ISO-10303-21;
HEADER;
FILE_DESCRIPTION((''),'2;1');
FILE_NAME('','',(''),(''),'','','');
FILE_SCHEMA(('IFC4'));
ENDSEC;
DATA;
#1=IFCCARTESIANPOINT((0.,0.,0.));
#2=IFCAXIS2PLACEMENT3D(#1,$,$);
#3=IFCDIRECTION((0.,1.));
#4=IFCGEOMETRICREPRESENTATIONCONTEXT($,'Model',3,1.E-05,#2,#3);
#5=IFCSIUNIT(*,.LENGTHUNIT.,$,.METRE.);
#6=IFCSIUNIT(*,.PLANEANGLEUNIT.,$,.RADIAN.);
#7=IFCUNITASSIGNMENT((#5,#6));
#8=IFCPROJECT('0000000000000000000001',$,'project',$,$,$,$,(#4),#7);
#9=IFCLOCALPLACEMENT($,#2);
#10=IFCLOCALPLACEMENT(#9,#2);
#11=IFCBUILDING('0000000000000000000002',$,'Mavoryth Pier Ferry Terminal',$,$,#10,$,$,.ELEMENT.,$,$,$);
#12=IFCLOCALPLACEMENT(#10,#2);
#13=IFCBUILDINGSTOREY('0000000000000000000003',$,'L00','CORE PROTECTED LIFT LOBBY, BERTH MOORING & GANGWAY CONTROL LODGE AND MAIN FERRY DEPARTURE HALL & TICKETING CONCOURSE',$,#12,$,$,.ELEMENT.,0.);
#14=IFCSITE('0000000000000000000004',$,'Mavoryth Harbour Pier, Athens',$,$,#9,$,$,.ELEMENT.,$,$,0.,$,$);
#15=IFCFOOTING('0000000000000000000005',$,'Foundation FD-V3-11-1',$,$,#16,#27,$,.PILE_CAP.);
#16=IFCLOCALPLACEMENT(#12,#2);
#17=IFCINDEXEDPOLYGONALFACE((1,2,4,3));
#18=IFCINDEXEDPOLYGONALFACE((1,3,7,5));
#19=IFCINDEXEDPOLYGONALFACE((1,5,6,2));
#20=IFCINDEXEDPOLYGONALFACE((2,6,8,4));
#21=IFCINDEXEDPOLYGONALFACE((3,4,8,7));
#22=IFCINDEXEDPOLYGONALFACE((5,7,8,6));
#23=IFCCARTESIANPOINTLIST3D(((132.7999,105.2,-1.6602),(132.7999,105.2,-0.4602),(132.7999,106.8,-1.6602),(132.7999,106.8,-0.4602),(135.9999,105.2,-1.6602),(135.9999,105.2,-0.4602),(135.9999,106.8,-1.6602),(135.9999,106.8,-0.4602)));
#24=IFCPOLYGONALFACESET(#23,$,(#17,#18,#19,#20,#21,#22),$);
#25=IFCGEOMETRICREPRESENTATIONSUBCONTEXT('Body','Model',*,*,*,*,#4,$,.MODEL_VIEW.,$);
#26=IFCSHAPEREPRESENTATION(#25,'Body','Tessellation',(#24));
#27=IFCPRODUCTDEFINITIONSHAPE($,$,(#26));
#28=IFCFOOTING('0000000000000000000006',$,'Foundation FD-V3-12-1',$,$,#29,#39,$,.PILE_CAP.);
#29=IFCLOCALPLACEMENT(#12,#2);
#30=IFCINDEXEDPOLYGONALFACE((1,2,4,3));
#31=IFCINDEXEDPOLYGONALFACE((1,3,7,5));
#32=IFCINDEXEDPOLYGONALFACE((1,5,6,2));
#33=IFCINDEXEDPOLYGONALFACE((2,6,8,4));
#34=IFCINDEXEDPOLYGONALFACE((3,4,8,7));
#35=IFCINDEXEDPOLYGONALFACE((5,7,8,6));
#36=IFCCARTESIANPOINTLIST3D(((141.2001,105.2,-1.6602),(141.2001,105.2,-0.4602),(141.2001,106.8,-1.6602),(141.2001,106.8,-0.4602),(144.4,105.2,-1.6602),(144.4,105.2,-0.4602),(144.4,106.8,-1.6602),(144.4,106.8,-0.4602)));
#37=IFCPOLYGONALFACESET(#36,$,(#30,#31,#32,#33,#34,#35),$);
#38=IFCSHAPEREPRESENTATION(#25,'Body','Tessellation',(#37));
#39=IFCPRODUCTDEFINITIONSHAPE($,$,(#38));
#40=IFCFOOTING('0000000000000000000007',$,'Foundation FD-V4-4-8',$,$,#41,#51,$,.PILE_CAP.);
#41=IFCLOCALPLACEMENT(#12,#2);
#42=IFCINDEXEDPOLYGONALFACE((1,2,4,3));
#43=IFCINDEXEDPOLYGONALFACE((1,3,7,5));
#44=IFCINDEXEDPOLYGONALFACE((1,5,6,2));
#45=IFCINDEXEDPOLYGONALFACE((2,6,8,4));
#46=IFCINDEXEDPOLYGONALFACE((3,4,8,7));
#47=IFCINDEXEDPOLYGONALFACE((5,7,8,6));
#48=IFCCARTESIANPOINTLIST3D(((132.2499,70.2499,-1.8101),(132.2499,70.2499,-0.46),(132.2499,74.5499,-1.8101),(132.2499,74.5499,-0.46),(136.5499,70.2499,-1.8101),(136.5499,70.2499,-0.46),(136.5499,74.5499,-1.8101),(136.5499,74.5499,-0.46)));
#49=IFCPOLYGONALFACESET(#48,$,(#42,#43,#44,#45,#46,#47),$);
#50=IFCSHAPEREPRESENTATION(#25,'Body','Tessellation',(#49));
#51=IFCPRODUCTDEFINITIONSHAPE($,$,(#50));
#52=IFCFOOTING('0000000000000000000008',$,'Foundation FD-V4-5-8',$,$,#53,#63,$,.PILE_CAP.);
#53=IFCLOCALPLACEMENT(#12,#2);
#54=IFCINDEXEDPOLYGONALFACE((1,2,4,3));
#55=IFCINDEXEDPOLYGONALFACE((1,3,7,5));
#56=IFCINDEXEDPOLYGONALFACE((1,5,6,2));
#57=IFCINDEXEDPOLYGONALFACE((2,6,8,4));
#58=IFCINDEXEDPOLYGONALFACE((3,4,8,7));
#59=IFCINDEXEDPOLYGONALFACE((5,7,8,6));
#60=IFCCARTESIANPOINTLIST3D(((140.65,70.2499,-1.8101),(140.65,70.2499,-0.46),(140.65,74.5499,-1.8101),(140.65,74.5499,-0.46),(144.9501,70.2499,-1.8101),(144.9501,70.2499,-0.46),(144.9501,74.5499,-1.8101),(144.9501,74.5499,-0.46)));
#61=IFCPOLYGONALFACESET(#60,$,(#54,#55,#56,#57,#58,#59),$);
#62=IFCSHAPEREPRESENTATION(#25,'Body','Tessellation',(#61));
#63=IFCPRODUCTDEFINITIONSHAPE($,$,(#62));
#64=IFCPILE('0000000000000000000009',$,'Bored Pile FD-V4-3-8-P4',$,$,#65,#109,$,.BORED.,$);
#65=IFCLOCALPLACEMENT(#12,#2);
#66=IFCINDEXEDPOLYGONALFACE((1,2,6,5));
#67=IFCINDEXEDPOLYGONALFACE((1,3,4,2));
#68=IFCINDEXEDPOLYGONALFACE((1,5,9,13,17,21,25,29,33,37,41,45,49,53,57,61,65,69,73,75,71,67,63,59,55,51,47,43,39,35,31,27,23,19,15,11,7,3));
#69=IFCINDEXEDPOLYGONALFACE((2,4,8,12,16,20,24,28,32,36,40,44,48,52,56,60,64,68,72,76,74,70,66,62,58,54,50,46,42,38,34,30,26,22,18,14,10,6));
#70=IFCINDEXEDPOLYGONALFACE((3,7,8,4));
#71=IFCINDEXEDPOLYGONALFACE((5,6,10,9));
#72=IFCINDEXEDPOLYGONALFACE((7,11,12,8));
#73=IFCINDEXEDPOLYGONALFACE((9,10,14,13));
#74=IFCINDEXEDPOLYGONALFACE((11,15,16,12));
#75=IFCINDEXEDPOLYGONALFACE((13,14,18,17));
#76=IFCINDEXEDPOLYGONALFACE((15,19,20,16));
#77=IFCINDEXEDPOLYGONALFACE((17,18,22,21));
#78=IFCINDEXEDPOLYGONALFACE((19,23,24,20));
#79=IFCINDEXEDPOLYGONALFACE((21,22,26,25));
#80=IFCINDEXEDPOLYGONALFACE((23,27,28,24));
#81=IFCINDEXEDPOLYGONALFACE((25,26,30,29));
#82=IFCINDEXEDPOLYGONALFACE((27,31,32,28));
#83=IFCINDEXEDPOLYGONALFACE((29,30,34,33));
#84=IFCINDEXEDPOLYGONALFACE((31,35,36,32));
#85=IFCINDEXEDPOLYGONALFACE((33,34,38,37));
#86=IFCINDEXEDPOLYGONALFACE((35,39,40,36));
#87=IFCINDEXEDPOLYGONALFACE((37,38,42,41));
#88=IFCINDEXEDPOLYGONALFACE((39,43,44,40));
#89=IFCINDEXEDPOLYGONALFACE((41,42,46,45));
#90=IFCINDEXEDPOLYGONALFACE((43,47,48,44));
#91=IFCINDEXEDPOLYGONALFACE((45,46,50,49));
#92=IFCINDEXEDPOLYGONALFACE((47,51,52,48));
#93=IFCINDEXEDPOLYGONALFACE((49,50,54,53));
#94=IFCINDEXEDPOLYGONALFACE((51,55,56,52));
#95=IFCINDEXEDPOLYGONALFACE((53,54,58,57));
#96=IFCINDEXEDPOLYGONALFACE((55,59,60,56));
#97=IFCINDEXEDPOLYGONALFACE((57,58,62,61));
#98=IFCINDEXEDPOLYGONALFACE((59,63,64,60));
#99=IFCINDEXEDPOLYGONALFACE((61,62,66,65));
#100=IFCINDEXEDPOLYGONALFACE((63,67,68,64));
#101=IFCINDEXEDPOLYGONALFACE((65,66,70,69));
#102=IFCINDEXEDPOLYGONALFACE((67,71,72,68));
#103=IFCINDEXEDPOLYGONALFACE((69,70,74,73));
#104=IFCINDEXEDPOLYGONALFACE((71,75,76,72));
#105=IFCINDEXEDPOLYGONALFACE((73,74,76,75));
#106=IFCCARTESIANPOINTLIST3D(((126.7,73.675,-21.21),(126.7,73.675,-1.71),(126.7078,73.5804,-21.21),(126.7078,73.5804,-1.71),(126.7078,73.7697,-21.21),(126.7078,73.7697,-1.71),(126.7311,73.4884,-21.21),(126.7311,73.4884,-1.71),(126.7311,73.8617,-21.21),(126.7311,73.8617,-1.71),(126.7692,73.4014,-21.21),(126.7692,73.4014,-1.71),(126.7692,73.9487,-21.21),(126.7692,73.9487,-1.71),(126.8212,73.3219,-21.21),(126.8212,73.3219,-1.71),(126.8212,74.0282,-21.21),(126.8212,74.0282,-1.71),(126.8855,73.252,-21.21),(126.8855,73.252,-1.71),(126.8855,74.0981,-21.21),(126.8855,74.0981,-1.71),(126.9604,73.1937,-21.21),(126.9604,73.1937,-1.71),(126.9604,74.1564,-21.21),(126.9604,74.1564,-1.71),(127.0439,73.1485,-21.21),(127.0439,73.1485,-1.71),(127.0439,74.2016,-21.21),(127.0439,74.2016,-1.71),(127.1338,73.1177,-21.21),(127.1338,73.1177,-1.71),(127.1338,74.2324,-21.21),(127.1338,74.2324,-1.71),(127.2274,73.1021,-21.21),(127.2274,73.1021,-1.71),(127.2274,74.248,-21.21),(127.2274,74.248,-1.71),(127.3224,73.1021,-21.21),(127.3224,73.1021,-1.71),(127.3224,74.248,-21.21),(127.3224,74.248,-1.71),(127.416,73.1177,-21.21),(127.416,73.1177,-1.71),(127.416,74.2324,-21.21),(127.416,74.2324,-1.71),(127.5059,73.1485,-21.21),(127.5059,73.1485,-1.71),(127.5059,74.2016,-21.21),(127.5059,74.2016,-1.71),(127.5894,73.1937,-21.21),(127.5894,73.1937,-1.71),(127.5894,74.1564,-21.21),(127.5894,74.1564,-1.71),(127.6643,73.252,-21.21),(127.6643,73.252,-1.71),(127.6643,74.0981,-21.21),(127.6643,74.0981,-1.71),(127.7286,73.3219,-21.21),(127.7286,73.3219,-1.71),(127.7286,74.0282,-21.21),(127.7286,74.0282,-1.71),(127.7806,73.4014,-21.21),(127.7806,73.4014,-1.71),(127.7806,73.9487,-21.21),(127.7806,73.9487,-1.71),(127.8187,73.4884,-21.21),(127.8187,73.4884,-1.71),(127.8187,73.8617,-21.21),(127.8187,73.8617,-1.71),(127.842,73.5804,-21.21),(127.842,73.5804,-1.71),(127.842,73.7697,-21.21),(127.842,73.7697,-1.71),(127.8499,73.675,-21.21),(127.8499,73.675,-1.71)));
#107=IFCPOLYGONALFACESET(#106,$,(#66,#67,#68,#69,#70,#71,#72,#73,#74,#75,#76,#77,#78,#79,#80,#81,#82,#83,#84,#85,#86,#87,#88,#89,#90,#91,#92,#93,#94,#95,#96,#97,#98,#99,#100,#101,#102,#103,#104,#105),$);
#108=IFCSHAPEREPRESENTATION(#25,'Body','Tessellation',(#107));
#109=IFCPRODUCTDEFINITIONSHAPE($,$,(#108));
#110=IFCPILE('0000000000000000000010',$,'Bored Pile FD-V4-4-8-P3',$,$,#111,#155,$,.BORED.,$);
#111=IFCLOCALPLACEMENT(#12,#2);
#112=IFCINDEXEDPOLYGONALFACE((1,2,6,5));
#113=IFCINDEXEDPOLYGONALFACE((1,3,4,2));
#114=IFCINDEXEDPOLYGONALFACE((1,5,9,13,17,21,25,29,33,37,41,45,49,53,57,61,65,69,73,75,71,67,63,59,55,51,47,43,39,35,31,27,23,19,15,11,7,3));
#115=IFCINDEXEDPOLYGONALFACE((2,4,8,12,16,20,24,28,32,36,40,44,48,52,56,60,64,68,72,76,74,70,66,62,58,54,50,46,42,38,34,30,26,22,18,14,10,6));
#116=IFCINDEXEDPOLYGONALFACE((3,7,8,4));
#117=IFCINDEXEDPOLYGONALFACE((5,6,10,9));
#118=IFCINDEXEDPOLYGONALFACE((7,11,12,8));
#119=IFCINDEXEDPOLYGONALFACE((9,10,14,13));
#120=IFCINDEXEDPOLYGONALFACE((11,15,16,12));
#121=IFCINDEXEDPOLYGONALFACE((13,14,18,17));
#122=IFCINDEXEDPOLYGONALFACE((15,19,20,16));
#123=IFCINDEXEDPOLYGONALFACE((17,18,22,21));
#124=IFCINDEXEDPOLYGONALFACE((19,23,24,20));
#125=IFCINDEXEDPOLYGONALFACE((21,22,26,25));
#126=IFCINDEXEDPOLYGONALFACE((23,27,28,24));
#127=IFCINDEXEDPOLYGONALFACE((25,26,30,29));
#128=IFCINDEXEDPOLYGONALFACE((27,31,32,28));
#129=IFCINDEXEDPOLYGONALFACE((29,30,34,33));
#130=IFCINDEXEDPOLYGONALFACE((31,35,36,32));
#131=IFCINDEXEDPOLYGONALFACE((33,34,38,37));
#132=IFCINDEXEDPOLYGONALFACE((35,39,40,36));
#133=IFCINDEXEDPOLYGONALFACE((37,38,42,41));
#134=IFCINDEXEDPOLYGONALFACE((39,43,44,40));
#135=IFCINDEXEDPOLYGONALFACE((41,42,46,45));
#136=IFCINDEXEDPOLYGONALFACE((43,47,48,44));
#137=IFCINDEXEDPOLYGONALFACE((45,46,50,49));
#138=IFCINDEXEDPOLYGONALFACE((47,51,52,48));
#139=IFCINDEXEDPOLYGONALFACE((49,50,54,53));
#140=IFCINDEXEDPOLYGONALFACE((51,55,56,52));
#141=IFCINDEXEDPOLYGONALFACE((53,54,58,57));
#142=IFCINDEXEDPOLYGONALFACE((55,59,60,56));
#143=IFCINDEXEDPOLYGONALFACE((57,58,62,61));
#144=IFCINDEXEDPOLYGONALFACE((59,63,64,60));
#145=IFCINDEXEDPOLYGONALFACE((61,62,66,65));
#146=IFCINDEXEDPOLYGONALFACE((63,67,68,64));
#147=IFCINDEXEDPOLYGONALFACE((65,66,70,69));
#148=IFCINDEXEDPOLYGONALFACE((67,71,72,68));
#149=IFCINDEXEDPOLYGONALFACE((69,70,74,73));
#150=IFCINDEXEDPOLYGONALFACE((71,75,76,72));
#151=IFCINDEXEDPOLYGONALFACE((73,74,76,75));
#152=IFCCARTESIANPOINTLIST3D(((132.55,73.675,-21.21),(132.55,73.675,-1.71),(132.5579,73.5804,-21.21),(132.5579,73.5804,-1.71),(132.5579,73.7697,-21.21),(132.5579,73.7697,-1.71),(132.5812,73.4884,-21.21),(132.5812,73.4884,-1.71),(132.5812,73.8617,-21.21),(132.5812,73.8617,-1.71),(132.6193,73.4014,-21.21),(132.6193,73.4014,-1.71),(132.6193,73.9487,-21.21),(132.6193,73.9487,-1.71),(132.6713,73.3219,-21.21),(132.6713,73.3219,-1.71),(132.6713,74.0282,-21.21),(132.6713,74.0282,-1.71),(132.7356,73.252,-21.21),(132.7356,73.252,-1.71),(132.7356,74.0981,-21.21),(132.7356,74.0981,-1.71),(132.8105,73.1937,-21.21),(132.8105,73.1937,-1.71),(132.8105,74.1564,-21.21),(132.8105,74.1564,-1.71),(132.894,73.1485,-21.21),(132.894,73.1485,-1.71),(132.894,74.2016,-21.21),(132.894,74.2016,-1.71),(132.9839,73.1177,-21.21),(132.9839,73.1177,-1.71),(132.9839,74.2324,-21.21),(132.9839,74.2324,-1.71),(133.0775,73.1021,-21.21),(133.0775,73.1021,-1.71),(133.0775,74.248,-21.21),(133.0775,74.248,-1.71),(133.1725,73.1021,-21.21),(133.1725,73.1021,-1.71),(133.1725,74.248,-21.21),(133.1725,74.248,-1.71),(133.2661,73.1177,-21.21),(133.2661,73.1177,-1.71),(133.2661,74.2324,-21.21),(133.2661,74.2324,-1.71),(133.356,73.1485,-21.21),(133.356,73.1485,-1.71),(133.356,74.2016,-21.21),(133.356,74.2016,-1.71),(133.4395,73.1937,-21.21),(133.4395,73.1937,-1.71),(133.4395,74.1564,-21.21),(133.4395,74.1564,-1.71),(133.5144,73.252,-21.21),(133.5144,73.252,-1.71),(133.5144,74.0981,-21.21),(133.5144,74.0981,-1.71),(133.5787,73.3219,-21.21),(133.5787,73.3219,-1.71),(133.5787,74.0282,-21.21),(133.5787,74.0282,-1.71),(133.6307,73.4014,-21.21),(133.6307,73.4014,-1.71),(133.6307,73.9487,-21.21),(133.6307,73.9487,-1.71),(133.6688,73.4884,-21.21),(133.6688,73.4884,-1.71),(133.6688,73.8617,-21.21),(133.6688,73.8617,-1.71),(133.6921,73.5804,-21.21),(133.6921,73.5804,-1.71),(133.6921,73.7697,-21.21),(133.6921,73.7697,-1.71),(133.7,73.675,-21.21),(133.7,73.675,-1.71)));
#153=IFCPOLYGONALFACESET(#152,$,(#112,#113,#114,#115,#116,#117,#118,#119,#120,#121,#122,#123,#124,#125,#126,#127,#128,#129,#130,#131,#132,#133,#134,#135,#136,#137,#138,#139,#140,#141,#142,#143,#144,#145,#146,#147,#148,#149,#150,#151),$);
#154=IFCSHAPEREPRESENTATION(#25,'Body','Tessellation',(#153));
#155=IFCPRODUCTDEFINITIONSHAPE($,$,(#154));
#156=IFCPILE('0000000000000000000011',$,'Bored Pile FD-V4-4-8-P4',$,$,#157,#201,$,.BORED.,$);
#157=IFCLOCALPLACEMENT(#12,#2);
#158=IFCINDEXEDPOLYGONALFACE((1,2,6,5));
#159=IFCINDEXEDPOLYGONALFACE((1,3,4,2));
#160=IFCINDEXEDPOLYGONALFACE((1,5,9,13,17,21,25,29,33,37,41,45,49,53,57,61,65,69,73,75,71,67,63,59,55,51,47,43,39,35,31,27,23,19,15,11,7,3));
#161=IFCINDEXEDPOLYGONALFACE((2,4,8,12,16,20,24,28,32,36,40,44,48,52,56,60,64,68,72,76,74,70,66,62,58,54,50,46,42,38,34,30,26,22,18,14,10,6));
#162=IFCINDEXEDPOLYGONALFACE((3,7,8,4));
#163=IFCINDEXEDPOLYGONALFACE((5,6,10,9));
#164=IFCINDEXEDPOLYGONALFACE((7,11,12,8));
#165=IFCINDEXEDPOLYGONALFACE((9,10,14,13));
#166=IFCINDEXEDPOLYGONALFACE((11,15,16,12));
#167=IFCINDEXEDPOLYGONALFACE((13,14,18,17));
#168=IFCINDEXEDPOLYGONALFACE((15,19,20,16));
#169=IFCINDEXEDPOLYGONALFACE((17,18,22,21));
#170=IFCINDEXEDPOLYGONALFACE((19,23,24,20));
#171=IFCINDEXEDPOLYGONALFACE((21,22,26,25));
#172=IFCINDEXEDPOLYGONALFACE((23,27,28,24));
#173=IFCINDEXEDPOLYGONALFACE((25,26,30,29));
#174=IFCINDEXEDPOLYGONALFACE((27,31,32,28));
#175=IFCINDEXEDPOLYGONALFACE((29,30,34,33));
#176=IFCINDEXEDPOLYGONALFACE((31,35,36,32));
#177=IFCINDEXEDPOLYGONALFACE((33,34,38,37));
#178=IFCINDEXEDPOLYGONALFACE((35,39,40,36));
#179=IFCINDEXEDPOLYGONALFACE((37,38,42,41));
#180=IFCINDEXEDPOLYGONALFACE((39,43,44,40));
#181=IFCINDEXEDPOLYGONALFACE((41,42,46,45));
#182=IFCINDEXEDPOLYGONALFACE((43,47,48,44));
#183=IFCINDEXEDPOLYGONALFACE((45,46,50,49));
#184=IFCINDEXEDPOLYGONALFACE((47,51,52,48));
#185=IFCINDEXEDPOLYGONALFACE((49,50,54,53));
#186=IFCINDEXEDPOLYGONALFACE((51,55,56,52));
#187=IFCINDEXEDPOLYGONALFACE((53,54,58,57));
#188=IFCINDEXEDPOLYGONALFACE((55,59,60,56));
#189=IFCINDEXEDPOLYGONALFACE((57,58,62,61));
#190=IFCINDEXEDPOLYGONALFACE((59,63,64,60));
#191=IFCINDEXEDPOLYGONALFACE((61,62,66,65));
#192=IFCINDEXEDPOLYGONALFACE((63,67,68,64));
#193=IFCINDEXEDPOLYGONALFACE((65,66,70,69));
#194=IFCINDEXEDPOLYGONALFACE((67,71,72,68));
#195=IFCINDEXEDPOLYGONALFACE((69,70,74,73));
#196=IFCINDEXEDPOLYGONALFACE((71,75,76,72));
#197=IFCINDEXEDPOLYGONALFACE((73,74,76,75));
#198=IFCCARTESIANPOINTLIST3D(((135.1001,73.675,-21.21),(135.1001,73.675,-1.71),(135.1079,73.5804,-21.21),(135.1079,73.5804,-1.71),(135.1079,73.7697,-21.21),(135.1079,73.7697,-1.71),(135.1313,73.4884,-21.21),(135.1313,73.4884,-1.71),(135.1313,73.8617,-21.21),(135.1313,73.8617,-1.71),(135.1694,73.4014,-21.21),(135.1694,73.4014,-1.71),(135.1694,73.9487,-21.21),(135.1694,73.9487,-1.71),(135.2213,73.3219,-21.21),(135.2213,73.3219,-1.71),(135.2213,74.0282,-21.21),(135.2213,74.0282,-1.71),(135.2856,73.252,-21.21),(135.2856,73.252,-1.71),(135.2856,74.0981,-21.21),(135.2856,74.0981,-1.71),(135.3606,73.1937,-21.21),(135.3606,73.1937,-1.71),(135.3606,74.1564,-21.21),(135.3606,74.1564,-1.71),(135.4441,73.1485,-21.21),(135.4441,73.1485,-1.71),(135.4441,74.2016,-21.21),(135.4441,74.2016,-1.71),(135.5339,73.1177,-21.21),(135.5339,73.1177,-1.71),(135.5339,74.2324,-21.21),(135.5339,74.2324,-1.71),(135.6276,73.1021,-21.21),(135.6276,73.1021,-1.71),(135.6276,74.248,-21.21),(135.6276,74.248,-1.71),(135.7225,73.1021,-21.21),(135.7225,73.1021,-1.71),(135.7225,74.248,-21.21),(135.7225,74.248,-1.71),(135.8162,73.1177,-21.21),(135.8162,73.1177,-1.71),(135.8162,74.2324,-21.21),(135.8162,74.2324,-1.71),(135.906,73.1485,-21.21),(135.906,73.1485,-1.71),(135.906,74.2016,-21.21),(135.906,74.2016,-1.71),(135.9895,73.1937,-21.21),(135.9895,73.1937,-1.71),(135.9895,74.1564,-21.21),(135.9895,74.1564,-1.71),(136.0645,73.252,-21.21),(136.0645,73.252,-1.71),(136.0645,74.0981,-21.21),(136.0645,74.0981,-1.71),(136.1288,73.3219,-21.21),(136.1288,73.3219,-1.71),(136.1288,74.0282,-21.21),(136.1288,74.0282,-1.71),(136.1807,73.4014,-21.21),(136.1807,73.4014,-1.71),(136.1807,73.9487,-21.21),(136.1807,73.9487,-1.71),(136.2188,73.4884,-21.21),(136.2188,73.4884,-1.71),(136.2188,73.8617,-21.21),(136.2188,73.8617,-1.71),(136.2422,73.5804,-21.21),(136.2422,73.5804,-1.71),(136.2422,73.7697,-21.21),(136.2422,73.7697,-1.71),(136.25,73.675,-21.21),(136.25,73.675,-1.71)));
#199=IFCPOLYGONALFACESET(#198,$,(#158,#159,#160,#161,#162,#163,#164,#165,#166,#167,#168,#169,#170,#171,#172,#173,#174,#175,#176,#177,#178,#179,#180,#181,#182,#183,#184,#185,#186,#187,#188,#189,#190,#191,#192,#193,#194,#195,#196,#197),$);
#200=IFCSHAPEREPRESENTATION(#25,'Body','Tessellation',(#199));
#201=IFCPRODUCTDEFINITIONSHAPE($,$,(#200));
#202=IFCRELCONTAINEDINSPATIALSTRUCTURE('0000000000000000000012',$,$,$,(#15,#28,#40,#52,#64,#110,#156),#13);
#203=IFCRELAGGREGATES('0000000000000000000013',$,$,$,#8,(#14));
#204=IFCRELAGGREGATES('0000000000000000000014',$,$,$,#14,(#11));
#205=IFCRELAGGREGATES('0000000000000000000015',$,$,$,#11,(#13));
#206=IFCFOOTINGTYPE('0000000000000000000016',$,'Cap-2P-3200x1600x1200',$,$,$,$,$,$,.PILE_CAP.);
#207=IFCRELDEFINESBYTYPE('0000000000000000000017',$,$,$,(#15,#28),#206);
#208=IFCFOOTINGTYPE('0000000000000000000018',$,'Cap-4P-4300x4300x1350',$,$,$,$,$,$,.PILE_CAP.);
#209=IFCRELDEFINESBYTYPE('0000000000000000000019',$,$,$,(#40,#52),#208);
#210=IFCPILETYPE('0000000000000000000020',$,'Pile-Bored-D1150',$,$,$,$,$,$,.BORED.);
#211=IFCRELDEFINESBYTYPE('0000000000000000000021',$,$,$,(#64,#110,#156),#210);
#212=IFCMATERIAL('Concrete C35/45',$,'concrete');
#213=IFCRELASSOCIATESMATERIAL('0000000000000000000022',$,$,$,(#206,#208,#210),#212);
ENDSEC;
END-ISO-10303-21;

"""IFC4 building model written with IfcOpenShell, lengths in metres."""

from ifc_helpers import new_model, si_unit, direction, frame, origin, origin_2d, place, context, subcontext, project, spatial, rectangle, circle, extrude, material, material_profile, profile_set, type_object, element, save


model = new_model("IFC4")

# Units and contexts
model_context = context("Model", 3, precision=1e-05, world=origin(), true_north=direction((0.0, 1.0)))
body_context = subcontext(model_context, "Body", "Model", "MODEL_VIEW")
ifc_project = project(units=[si_unit("LENGTHUNIT", "METRE"), si_unit("PLANEANGLEUNIT", "RADIAN")], contexts=[model_context])

# Site, building, storey
site_placement = place(None, origin())
site = spatial("IfcSite", under=ifc_project, at=site_placement, Name="Mavoryth Harbour Pier, Athens", CompositionType="ELEMENT", RefElevation=0.0)
building_placement = place(site_placement, origin())
building = spatial("IfcBuilding", under=site, at=building_placement, Name="Mavoryth Pier Ferry Terminal", CompositionType="ELEMENT")
storey_placement = place(building_placement, origin())
storey = spatial("IfcBuildingStorey", under=building, at=storey_placement, Name="L00", Description="CORE PROTECTED LIFT LOBBY, BERTH MOORING & GANGWAY CONTROL LODGE AND MAIN FERRY DEPARTURE HALL & TICKETING CONCOURSE", CompositionType="ELEMENT", Elevation=0.0)

# Footings
ifc_material_1 = material(Name="Concrete C35/45", Category="concrete")
footing_type_1 = type_object("IfcFootingType", Name="Cap-2P-3200x1600x1200", PredefinedType="PILE_CAP", material=ifc_material_1)
for number, where, z_axis, x_axis, name in (
    (1, (134.3999, 106.0, -1.6602), (0.0, 0.0, 1.0), (1.0, 0.0, 0.0), "Foundation FD-V3-11-1"),
    (2, (142.8, 106.0, -1.6602), (0.0, 0.0, 1.0), (1.0, 0.0, 0.0), "Foundation FD-V3-12-1"),
):
    element("IfcFooting", number, at=place(storey_placement, frame(where, z_axis=z_axis, x_axis=x_axis)), inside=storey, type_object=footing_type_1, Name=name, PredefinedType="PILE_CAP", context=body_context, shape_type="SweptSolid", body=[
        extrude(rectangle(XDim=3.2, YDim=1.6001, at=origin_2d()), origin(), (0.0, 0.0, 1.0), 1.2),
    ])
footing_type_2 = type_object("IfcFootingType", Name="Cap-4P-4300x4300x1350", PredefinedType="PILE_CAP", material=ifc_material_1)
for number, where, z_axis, x_axis, name in (
    (3, (134.3999, 72.3999, -1.8101), (0.0, 0.0, 1.0), (1.0, 0.0, 0.0), "Foundation FD-V4-4-8"),
    (4, (142.8, 72.3999, -1.8101), (0.0, 0.0, 1.0), (1.0, 0.0, 0.0), "Foundation FD-V4-5-8"),
):
    element("IfcFooting", number, at=place(storey_placement, frame(where, z_axis=z_axis, x_axis=x_axis)), inside=storey, type_object=footing_type_2, Name=name, PredefinedType="PILE_CAP", context=body_context, shape_type="SweptSolid", body=[
        extrude(rectangle(XDim=4.3, YDim=4.3, at=origin_2d()), origin(), (0.0, 0.0, 1.0), 1.3501),
    ])

# Piles
ifc_material_profile_1 = material_profile(ifc_material_1, circle(Radius=0.575, at=origin_2d()), Name="PILE D1150", Category="concrete")
ifc_profile_set_1 = profile_set([ifc_material_profile_1], Name="Concrete C35/45 - PILE D1150")
pile_type_1 = type_object("IfcPileType", Name="Pile-Bored-D1150", PredefinedType="BORED", material=ifc_profile_set_1)
for number, where, z_axis, x_axis, name in (
    (5, (127.2749, 73.675, -1.71), (0.0, 0.0, -1.0), (1.0, 0.0, 0.0), "Bored Pile FD-V4-3-8-P4"),
    (6, (133.125, 73.675, -1.71), (0.0, 0.0, -1.0), (1.0, 0.0, 0.0), "Bored Pile FD-V4-4-8-P3"),
    (7, (135.675, 73.675, -1.71), (0.0, 0.0, -1.0), (1.0, 0.0, 0.0), "Bored Pile FD-V4-4-8-P4"),
):
    element("IfcPile", number, at=place(storey_placement, frame(where, z_axis=z_axis, x_axis=x_axis)), inside=storey, type_object=pile_type_1, Name=name, PredefinedType="BORED", context=body_context, shape_type="SweptSolid", body=[
        extrude(circle(Radius=0.575, at=origin_2d()), origin(), (0.0, 0.0, 1.0), 19.5),
    ])

save(model, "model.ifc")
